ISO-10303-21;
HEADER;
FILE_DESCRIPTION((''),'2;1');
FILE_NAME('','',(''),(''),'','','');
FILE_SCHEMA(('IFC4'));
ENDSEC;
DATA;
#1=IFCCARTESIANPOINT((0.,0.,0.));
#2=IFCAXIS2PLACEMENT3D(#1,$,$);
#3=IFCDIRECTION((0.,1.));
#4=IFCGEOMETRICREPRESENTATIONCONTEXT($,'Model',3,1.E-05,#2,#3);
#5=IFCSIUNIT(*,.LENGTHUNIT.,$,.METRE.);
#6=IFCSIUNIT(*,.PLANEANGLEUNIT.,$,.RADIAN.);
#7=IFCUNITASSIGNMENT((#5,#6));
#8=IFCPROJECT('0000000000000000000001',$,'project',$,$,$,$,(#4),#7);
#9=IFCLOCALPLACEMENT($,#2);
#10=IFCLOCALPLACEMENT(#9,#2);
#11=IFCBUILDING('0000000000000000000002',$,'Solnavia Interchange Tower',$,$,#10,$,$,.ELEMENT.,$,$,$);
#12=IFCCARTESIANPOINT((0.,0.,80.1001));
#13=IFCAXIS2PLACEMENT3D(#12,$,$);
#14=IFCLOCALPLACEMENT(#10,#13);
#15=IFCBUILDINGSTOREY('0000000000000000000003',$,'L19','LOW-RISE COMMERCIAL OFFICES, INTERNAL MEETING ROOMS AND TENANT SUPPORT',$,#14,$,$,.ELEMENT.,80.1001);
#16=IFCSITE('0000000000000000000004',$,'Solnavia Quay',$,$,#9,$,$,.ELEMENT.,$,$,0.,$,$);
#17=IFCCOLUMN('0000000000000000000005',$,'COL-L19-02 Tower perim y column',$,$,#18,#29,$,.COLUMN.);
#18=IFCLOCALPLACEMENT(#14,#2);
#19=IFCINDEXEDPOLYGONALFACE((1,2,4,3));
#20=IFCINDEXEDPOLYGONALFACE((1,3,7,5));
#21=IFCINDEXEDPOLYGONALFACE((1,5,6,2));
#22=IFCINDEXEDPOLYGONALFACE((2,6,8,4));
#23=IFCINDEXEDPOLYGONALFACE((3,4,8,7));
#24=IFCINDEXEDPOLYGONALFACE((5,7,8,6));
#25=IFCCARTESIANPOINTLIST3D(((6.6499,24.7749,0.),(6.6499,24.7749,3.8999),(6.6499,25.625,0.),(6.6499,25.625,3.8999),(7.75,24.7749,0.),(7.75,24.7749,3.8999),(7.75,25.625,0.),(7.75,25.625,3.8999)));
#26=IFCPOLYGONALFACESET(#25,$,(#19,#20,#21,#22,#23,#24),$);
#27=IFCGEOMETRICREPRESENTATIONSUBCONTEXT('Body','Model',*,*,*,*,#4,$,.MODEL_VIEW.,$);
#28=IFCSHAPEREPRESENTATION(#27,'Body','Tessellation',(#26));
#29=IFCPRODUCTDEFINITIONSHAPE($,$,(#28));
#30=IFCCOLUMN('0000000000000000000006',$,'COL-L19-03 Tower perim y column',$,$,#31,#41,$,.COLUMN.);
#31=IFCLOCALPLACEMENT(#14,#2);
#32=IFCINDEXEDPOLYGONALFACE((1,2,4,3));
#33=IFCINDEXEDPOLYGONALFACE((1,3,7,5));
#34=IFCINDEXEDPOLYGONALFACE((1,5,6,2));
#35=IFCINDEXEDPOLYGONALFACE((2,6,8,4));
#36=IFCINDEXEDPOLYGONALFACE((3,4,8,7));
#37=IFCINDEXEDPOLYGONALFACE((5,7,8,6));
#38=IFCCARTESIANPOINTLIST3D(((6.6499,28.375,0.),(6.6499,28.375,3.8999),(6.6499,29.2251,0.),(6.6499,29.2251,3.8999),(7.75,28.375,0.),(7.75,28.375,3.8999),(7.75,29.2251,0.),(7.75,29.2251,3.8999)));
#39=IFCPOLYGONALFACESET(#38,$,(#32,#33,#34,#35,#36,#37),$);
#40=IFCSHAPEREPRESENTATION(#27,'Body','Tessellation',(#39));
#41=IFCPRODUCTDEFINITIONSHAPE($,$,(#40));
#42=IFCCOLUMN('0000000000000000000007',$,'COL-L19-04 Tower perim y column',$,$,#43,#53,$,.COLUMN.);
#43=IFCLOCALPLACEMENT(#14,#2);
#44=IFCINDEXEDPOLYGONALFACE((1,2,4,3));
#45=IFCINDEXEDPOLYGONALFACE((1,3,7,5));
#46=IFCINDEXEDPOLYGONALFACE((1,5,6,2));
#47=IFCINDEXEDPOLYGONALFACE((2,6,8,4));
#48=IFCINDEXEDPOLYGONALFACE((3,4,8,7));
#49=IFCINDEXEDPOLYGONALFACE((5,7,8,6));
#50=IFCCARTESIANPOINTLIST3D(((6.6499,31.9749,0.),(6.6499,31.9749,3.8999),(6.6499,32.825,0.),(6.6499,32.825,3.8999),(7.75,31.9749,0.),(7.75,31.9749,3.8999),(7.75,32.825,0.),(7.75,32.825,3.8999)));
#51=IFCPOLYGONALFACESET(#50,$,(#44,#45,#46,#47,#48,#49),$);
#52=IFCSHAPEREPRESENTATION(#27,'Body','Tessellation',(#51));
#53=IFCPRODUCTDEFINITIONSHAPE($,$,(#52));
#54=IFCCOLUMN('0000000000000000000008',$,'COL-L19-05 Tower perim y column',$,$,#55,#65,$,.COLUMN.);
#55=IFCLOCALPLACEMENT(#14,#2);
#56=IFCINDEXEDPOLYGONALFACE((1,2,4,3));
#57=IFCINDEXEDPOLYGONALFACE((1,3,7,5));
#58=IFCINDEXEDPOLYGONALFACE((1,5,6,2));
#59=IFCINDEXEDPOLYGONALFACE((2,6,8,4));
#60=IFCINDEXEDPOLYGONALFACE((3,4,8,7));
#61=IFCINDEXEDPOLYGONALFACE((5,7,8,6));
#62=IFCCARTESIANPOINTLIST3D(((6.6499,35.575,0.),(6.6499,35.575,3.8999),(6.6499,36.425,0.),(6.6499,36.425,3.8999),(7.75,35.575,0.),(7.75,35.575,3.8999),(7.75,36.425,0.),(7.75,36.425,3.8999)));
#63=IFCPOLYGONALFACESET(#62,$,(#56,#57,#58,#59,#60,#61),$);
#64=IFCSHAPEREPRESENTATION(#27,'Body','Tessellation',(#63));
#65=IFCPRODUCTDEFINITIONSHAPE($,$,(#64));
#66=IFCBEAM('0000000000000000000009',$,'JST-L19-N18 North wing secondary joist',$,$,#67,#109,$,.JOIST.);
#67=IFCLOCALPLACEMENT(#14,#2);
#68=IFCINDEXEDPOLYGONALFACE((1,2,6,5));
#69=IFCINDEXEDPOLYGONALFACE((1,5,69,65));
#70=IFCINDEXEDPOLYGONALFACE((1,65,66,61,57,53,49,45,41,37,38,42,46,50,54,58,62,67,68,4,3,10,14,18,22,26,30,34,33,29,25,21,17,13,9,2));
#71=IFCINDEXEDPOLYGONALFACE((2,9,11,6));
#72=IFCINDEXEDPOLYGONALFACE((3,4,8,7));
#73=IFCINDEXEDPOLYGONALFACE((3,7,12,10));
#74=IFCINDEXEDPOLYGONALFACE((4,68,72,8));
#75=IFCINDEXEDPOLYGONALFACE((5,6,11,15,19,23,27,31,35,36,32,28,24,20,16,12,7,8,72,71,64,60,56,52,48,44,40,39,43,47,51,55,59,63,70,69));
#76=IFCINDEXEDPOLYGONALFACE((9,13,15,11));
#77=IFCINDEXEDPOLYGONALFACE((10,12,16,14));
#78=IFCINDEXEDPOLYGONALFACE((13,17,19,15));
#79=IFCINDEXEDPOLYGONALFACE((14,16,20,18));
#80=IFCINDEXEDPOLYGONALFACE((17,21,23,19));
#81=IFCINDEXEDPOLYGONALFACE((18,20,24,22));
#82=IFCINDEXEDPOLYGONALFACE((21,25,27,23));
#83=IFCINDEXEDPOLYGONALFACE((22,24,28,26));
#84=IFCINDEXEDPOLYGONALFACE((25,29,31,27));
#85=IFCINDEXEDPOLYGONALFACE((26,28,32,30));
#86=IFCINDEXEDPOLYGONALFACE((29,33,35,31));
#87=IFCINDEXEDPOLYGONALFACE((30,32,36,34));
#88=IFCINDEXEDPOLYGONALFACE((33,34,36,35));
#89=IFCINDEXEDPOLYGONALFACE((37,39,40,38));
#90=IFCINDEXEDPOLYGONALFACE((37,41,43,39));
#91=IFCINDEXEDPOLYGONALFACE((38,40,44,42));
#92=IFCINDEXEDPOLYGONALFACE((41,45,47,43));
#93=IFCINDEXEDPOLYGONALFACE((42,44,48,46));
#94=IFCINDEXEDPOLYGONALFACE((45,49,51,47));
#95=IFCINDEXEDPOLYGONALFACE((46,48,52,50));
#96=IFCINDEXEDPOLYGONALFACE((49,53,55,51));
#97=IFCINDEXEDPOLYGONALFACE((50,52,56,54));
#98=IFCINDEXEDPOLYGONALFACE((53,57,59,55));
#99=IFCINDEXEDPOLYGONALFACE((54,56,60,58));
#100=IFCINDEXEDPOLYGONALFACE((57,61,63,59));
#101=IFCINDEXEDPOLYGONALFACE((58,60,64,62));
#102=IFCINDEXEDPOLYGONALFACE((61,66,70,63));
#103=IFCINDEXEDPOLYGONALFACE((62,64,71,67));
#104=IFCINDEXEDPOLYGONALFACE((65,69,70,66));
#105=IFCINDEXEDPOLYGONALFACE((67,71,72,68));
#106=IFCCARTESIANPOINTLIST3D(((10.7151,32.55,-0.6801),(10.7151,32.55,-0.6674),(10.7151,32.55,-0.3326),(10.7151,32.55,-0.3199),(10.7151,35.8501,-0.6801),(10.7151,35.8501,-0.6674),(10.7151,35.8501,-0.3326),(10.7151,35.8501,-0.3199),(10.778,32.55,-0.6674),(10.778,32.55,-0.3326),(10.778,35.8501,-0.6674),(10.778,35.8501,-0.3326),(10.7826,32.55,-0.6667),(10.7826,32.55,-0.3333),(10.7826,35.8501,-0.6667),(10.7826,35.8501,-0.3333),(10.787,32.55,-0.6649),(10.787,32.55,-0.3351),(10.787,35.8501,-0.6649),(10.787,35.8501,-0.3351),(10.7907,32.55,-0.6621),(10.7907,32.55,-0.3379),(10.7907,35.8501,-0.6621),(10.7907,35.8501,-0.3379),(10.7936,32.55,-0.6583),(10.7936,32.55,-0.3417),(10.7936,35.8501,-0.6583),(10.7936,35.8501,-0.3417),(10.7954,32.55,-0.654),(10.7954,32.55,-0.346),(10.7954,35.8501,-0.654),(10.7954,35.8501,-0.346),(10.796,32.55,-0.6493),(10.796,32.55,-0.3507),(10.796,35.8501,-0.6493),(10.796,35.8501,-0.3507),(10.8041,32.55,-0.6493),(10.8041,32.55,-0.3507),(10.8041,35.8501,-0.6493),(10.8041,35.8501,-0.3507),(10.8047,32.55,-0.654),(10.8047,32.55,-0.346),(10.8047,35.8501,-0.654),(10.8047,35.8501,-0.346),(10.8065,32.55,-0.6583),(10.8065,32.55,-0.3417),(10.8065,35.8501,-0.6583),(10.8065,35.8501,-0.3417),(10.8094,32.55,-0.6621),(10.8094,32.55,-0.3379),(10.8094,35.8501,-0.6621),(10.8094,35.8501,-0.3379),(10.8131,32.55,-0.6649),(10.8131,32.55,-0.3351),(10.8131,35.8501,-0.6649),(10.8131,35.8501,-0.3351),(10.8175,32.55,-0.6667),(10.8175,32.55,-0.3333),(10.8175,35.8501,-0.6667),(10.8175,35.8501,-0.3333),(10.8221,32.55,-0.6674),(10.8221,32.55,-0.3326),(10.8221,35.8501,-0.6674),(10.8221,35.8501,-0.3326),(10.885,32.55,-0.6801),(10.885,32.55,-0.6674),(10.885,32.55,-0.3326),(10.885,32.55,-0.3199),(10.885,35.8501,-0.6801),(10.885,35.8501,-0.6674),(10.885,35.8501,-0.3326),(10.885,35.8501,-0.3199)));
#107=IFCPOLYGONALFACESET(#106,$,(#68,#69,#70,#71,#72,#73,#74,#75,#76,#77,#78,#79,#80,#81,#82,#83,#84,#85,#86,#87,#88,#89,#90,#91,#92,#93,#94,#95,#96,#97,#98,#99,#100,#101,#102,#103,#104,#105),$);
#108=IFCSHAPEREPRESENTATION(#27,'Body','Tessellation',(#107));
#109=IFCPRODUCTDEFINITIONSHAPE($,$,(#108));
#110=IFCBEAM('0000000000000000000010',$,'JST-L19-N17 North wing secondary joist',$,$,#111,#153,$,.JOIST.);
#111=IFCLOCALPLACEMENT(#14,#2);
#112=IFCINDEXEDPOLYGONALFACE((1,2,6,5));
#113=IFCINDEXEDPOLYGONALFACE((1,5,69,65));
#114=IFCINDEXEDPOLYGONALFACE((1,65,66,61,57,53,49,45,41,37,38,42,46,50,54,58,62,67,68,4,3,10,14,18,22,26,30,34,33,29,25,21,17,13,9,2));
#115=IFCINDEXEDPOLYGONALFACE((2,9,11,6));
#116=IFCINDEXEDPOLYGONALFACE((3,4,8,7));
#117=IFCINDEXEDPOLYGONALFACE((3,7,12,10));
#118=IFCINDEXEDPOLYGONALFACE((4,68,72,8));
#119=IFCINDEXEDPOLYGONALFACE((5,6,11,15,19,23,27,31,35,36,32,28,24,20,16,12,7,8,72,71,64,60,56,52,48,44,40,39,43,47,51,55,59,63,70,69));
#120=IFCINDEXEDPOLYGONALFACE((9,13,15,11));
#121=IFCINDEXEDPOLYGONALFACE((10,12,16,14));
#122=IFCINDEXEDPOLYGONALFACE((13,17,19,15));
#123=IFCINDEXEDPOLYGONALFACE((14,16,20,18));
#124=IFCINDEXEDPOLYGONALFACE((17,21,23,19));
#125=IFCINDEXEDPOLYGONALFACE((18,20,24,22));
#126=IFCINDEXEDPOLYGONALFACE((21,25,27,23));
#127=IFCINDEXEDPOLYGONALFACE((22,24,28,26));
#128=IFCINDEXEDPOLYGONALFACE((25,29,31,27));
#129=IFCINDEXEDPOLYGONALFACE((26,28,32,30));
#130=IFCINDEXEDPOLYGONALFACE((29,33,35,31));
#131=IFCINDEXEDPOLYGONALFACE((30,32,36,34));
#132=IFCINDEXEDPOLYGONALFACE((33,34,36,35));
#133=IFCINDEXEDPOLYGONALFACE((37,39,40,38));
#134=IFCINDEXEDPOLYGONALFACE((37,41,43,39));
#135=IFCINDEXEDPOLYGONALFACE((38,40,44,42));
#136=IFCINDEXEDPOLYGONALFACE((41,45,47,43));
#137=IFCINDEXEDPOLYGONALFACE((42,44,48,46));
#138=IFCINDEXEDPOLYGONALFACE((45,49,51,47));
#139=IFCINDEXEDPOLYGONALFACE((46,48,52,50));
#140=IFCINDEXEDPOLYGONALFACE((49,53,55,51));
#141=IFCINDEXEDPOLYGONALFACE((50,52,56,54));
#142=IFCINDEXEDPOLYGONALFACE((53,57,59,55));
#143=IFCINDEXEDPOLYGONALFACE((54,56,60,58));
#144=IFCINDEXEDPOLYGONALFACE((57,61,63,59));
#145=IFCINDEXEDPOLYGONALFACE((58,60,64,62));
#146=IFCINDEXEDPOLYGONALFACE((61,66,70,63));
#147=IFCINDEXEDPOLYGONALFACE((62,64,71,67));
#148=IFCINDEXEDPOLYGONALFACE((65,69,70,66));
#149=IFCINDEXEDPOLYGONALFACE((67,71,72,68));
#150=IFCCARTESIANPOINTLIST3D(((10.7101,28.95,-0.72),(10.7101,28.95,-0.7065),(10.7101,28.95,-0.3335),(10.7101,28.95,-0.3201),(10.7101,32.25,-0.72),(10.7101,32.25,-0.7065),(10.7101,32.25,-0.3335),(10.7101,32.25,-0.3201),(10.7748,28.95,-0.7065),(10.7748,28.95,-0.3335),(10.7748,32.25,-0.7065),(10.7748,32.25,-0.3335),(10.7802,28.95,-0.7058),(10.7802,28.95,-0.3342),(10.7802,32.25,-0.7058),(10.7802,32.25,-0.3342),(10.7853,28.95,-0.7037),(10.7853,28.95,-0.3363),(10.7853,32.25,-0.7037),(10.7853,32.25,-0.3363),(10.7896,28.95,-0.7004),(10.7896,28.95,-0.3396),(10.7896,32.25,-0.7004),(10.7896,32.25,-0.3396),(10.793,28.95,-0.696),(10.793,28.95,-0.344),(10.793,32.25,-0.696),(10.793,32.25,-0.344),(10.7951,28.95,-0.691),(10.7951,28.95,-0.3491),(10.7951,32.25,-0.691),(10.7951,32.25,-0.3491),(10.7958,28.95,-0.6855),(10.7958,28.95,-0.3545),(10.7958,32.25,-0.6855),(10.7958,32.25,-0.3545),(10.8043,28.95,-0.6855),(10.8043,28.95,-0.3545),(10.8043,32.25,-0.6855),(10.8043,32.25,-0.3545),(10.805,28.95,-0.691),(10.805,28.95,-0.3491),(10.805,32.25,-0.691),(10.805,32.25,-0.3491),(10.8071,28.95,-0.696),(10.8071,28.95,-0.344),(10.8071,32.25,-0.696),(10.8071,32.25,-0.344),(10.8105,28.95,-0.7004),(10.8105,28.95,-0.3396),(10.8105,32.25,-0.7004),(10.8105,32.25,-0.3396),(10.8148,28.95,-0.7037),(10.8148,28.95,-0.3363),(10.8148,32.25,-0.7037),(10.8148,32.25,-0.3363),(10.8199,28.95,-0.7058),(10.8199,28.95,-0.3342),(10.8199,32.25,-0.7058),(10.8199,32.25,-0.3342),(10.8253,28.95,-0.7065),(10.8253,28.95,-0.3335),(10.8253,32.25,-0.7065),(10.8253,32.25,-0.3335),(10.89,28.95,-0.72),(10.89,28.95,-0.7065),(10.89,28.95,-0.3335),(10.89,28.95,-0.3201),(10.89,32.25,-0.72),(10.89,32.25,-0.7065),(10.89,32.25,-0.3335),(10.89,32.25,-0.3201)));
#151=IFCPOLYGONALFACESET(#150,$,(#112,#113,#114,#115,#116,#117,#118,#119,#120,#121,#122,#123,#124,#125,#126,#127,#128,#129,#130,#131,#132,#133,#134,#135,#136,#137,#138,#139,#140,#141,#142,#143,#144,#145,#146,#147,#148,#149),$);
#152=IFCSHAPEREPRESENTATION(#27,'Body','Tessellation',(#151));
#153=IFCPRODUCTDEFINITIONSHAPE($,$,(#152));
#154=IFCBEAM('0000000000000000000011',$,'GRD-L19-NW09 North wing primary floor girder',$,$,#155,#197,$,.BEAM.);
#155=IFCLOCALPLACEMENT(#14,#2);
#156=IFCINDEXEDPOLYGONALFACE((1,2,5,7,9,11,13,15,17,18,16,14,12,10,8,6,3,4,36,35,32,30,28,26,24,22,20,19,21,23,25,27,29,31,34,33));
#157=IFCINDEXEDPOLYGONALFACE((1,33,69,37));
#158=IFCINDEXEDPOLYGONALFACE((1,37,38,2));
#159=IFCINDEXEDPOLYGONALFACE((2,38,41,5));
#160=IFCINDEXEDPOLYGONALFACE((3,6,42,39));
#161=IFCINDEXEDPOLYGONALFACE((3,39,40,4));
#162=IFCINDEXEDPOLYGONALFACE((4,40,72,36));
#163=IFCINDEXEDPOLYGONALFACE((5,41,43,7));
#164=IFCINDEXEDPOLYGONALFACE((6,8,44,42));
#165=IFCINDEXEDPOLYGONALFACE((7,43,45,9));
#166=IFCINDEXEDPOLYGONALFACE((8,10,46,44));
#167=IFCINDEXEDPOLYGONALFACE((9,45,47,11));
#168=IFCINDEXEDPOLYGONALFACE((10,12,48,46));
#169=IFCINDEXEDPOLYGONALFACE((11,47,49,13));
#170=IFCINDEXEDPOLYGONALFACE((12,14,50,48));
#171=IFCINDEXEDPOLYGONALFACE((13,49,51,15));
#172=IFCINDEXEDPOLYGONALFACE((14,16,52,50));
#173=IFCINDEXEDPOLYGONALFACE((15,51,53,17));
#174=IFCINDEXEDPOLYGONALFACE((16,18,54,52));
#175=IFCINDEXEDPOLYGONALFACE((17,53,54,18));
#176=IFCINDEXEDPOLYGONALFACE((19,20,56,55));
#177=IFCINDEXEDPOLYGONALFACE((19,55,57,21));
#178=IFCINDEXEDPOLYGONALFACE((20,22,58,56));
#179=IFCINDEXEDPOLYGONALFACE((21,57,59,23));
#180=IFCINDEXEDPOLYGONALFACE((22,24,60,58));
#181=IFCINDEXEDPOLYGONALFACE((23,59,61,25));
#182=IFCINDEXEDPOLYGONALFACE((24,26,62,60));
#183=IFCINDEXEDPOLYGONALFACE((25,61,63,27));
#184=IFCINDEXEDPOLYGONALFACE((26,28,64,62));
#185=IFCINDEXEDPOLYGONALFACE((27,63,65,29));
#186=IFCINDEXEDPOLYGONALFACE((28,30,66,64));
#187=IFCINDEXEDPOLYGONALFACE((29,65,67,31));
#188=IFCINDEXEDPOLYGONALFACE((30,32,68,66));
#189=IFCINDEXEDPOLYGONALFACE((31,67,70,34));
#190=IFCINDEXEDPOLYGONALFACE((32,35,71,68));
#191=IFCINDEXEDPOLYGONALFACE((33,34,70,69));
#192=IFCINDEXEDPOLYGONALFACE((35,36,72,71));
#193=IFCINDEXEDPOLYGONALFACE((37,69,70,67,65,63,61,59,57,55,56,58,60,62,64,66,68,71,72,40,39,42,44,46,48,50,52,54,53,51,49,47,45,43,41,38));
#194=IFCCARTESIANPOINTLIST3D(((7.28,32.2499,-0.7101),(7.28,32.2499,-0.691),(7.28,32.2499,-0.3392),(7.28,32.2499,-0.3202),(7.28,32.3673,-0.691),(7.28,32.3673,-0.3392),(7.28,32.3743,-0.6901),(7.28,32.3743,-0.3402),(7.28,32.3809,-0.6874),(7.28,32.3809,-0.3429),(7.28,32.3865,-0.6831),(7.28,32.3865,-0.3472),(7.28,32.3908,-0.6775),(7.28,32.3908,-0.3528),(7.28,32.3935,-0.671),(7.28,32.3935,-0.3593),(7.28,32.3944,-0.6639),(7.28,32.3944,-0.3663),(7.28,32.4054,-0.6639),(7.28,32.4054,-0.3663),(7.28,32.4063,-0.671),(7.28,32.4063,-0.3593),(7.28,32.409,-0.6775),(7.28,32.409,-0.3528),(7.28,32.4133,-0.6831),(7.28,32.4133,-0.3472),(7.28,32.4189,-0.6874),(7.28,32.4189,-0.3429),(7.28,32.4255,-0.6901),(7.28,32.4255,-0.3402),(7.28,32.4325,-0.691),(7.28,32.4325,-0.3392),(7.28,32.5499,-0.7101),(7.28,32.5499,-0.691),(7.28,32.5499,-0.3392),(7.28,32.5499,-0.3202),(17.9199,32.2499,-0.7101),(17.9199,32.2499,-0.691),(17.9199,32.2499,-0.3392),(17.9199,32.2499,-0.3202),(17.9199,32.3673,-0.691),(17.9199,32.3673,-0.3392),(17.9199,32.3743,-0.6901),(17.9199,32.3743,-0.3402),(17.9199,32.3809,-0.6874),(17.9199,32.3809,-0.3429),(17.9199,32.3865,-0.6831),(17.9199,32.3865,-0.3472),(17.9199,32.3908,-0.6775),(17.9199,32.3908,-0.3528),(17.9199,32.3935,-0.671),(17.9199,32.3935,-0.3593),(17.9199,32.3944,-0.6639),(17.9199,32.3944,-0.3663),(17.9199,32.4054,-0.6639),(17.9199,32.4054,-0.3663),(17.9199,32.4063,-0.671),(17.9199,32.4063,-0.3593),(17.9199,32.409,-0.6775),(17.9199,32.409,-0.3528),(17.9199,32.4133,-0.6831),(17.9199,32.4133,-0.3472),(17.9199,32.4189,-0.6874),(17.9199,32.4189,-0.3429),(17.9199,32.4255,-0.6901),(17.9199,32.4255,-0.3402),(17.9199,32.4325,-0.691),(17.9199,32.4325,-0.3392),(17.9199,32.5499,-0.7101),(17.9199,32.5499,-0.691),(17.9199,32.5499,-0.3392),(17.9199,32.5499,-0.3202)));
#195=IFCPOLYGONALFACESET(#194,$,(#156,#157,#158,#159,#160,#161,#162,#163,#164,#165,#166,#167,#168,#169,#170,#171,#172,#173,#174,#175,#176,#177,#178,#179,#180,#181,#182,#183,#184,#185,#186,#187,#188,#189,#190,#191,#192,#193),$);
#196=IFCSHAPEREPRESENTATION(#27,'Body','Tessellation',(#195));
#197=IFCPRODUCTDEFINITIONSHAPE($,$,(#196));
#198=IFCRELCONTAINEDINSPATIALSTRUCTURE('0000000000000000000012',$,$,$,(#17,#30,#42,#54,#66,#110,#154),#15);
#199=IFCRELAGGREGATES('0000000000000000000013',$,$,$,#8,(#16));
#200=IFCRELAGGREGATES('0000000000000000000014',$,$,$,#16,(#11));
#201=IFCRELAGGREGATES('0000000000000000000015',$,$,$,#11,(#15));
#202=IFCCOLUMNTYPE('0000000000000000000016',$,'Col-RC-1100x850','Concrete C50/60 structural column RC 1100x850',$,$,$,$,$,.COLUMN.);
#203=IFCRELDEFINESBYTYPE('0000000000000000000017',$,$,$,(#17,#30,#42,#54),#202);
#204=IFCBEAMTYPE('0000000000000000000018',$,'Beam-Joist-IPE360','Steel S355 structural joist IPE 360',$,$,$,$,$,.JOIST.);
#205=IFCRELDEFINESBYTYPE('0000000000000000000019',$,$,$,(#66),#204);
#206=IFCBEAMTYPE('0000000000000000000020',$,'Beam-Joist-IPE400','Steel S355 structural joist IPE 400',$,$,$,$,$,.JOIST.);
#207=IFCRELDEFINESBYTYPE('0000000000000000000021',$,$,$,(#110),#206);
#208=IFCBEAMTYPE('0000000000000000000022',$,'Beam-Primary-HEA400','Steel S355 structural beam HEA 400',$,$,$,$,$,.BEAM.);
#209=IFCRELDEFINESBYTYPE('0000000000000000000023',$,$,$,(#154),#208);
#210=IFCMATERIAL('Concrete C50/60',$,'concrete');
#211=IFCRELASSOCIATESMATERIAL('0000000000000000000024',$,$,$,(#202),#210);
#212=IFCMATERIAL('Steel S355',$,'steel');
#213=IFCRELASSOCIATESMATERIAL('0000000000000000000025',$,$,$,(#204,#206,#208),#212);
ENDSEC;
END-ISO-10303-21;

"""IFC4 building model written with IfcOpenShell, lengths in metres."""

from ifc_helpers import new_model, si_unit, direction, frame, origin, origin_2d, place, context, subcontext, project, spatial, rectangle, i_section, extrude, material, material_profile, profile_set, type_object, element, save


model = new_model("IFC4")

# Units and contexts
model_context = context("Model", 3, precision=1e-05, world=origin(), true_north=direction((0.0, 1.0)))
body_context = subcontext(model_context, "Body", "Model", "MODEL_VIEW")
ifc_project = project(units=[si_unit("LENGTHUNIT", "METRE"), si_unit("PLANEANGLEUNIT", "RADIAN")], contexts=[model_context])

# Site, building, storey
site_placement = place(None, origin())
site = spatial("IfcSite", under=ifc_project, at=site_placement, Name="Solnavia Quay", CompositionType="ELEMENT", RefElevation=0.0)
building_placement = place(site_placement, origin())
building = spatial("IfcBuilding", under=site, at=building_placement, Name="Solnavia Interchange Tower", CompositionType="ELEMENT")
storey_placement = place(building_placement, frame((0.0, 0.0, 80.1001)))
storey = spatial("IfcBuildingStorey", under=building, at=storey_placement, Name="L19", Description="LOW-RISE COMMERCIAL OFFICES, INTERNAL MEETING ROOMS AND TENANT SUPPORT", CompositionType="ELEMENT", Elevation=80.1001)

# Columns
ifc_material_1 = material(Name="Concrete C50/60", Category="concrete")
ifc_material_profile_1 = material_profile(ifc_material_1, rectangle(XDim=0.8501, YDim=1.1001, at=origin_2d()), Name="RC 1100x850")
ifc_profile_set_1 = profile_set([ifc_material_profile_1], Name="Concrete C50/60")
column_type = type_object("IfcColumnType", Name="Col-RC-1100x850", Description="Concrete C50/60 structural column RC 1100x850", PredefinedType="COLUMN", material=ifc_profile_set_1)
for number, where, z_axis, x_axis, name in (
    (1, (7.2, 25.2, 0.0), (0.0, 0.0, 1.0), (0.0, 1.0, 0.0), "COL-L19-02 Tower perim y column"),
    (2, (7.2, 28.8, 0.0), (0.0, 0.0, 1.0), (0.0, 1.0, 0.0), "COL-L19-03 Tower perim y column"),
    (3, (7.2, 32.3999, 0.0), (0.0, 0.0, 1.0), (0.0, 1.0, 0.0), "COL-L19-04 Tower perim y column"),
    (4, (7.2, 36.0, 0.0), (0.0, 0.0, 1.0), (0.0, 1.0, 0.0), "COL-L19-05 Tower perim y column"),
):
    element("IfcColumn", number, at=place(storey_placement, frame(where, z_axis=z_axis, x_axis=x_axis)), inside=storey, type_object=column_type, Name=name, PredefinedType="COLUMN", context=body_context, shape_type="SweptSolid", body=[
        extrude(rectangle(XDim=0.8501, YDim=1.1001, at=origin_2d()), origin(), (0.0, 0.0, 1.0), 3.8999),
    ])

# Beams
ifc_material_2 = material(Name="Steel S355", Category="steel")
ifc_material_profile_2 = material_profile(ifc_material_2, i_section(OverallWidth=0.1699, OverallDepth=0.3601, WebThickness=0.0081, FlangeThickness=0.0127, FilletRadius=0.0181, at=origin_2d()), Name="IPE 360")
ifc_profile_set_2 = profile_set([ifc_material_profile_2], Name="Steel S355")
beam_type_1 = type_object("IfcBeamType", Name="Beam-Joist-IPE360", Description="Steel S355 structural joist IPE 360", PredefinedType="JOIST", material=ifc_profile_set_2)
beam_1_placement = place(storey_placement, frame((10.8, 32.55, -0.5), z_axis=(0.0, 1.0, 0.0), x_axis=(-1.0, 0.0, 0.0)))
element("IfcBeam", 5, at=beam_1_placement, inside=storey, type_object=beam_type_1, Name="JST-L19-N18 North wing secondary joist", PredefinedType="JOIST", context=body_context, shape_type="SweptSolid", body=[
    extrude(i_section(OverallWidth=0.1699, OverallDepth=0.3601, WebThickness=0.0081, FlangeThickness=0.0127, FilletRadius=0.0181, at=origin_2d()), origin(), (0.0, 0.0, 1.0), 3.3),
])
ifc_material_profile_3 = material_profile(ifc_material_2, i_section(OverallWidth=0.1799, OverallDepth=0.3999, WebThickness=0.0085, FlangeThickness=0.0134, FilletRadius=0.021, at=origin_2d()), Name="IPE 400")
ifc_profile_set_3 = profile_set([ifc_material_profile_3], Name="Steel S355")
beam_type_2 = type_object("IfcBeamType", Name="Beam-Joist-IPE400", Description="Steel S355 structural joist IPE 400", PredefinedType="JOIST", material=ifc_profile_set_3)
beam_2_placement = place(storey_placement, frame((10.8, 28.95, -0.52), z_axis=(0.0, 1.0, 0.0), x_axis=(-1.0, 0.0, 0.0)))
element("IfcBeam", 6, at=beam_2_placement, inside=storey, type_object=beam_type_2, Name="JST-L19-N17 North wing secondary joist", PredefinedType="JOIST", context=body_context, shape_type="SweptSolid", body=[
    extrude(i_section(OverallWidth=0.1799, OverallDepth=0.3999, WebThickness=0.0085, FlangeThickness=0.0134, FilletRadius=0.021, at=origin_2d()), origin(), (0.0, 0.0, 1.0), 3.3),
])
ifc_material_profile_4 = material_profile(ifc_material_2, i_section(OverallWidth=0.3, OverallDepth=0.3899, WebThickness=0.011, FlangeThickness=0.019, FilletRadius=0.0271, at=origin_2d()), Name="HEA 400")
ifc_profile_set_4 = profile_set([ifc_material_profile_4], Name="Steel S355")
beam_type_3 = type_object("IfcBeamType", Name="Beam-Primary-HEA400", Description="Steel S355 structural beam HEA 400", PredefinedType="BEAM", material=ifc_profile_set_4)
beam_3_placement = place(storey_placement, frame((7.28, 32.3999, -0.5151), z_axis=(1.0, 0.0, 0.0), x_axis=(0.0, 1.0, 0.0)))
element("IfcBeam", 7, at=beam_3_placement, inside=storey, type_object=beam_type_3, Name="GRD-L19-NW09 North wing primary floor girder", PredefinedType="BEAM", context=body_context, shape_type="SweptSolid", body=[
    extrude(i_section(OverallWidth=0.3, OverallDepth=0.3899, WebThickness=0.011, FlangeThickness=0.019, FilletRadius=0.0271, at=origin_2d()), origin(), (0.0, 0.0, 1.0), 10.6399),
])

save(model, "model.ifc")
